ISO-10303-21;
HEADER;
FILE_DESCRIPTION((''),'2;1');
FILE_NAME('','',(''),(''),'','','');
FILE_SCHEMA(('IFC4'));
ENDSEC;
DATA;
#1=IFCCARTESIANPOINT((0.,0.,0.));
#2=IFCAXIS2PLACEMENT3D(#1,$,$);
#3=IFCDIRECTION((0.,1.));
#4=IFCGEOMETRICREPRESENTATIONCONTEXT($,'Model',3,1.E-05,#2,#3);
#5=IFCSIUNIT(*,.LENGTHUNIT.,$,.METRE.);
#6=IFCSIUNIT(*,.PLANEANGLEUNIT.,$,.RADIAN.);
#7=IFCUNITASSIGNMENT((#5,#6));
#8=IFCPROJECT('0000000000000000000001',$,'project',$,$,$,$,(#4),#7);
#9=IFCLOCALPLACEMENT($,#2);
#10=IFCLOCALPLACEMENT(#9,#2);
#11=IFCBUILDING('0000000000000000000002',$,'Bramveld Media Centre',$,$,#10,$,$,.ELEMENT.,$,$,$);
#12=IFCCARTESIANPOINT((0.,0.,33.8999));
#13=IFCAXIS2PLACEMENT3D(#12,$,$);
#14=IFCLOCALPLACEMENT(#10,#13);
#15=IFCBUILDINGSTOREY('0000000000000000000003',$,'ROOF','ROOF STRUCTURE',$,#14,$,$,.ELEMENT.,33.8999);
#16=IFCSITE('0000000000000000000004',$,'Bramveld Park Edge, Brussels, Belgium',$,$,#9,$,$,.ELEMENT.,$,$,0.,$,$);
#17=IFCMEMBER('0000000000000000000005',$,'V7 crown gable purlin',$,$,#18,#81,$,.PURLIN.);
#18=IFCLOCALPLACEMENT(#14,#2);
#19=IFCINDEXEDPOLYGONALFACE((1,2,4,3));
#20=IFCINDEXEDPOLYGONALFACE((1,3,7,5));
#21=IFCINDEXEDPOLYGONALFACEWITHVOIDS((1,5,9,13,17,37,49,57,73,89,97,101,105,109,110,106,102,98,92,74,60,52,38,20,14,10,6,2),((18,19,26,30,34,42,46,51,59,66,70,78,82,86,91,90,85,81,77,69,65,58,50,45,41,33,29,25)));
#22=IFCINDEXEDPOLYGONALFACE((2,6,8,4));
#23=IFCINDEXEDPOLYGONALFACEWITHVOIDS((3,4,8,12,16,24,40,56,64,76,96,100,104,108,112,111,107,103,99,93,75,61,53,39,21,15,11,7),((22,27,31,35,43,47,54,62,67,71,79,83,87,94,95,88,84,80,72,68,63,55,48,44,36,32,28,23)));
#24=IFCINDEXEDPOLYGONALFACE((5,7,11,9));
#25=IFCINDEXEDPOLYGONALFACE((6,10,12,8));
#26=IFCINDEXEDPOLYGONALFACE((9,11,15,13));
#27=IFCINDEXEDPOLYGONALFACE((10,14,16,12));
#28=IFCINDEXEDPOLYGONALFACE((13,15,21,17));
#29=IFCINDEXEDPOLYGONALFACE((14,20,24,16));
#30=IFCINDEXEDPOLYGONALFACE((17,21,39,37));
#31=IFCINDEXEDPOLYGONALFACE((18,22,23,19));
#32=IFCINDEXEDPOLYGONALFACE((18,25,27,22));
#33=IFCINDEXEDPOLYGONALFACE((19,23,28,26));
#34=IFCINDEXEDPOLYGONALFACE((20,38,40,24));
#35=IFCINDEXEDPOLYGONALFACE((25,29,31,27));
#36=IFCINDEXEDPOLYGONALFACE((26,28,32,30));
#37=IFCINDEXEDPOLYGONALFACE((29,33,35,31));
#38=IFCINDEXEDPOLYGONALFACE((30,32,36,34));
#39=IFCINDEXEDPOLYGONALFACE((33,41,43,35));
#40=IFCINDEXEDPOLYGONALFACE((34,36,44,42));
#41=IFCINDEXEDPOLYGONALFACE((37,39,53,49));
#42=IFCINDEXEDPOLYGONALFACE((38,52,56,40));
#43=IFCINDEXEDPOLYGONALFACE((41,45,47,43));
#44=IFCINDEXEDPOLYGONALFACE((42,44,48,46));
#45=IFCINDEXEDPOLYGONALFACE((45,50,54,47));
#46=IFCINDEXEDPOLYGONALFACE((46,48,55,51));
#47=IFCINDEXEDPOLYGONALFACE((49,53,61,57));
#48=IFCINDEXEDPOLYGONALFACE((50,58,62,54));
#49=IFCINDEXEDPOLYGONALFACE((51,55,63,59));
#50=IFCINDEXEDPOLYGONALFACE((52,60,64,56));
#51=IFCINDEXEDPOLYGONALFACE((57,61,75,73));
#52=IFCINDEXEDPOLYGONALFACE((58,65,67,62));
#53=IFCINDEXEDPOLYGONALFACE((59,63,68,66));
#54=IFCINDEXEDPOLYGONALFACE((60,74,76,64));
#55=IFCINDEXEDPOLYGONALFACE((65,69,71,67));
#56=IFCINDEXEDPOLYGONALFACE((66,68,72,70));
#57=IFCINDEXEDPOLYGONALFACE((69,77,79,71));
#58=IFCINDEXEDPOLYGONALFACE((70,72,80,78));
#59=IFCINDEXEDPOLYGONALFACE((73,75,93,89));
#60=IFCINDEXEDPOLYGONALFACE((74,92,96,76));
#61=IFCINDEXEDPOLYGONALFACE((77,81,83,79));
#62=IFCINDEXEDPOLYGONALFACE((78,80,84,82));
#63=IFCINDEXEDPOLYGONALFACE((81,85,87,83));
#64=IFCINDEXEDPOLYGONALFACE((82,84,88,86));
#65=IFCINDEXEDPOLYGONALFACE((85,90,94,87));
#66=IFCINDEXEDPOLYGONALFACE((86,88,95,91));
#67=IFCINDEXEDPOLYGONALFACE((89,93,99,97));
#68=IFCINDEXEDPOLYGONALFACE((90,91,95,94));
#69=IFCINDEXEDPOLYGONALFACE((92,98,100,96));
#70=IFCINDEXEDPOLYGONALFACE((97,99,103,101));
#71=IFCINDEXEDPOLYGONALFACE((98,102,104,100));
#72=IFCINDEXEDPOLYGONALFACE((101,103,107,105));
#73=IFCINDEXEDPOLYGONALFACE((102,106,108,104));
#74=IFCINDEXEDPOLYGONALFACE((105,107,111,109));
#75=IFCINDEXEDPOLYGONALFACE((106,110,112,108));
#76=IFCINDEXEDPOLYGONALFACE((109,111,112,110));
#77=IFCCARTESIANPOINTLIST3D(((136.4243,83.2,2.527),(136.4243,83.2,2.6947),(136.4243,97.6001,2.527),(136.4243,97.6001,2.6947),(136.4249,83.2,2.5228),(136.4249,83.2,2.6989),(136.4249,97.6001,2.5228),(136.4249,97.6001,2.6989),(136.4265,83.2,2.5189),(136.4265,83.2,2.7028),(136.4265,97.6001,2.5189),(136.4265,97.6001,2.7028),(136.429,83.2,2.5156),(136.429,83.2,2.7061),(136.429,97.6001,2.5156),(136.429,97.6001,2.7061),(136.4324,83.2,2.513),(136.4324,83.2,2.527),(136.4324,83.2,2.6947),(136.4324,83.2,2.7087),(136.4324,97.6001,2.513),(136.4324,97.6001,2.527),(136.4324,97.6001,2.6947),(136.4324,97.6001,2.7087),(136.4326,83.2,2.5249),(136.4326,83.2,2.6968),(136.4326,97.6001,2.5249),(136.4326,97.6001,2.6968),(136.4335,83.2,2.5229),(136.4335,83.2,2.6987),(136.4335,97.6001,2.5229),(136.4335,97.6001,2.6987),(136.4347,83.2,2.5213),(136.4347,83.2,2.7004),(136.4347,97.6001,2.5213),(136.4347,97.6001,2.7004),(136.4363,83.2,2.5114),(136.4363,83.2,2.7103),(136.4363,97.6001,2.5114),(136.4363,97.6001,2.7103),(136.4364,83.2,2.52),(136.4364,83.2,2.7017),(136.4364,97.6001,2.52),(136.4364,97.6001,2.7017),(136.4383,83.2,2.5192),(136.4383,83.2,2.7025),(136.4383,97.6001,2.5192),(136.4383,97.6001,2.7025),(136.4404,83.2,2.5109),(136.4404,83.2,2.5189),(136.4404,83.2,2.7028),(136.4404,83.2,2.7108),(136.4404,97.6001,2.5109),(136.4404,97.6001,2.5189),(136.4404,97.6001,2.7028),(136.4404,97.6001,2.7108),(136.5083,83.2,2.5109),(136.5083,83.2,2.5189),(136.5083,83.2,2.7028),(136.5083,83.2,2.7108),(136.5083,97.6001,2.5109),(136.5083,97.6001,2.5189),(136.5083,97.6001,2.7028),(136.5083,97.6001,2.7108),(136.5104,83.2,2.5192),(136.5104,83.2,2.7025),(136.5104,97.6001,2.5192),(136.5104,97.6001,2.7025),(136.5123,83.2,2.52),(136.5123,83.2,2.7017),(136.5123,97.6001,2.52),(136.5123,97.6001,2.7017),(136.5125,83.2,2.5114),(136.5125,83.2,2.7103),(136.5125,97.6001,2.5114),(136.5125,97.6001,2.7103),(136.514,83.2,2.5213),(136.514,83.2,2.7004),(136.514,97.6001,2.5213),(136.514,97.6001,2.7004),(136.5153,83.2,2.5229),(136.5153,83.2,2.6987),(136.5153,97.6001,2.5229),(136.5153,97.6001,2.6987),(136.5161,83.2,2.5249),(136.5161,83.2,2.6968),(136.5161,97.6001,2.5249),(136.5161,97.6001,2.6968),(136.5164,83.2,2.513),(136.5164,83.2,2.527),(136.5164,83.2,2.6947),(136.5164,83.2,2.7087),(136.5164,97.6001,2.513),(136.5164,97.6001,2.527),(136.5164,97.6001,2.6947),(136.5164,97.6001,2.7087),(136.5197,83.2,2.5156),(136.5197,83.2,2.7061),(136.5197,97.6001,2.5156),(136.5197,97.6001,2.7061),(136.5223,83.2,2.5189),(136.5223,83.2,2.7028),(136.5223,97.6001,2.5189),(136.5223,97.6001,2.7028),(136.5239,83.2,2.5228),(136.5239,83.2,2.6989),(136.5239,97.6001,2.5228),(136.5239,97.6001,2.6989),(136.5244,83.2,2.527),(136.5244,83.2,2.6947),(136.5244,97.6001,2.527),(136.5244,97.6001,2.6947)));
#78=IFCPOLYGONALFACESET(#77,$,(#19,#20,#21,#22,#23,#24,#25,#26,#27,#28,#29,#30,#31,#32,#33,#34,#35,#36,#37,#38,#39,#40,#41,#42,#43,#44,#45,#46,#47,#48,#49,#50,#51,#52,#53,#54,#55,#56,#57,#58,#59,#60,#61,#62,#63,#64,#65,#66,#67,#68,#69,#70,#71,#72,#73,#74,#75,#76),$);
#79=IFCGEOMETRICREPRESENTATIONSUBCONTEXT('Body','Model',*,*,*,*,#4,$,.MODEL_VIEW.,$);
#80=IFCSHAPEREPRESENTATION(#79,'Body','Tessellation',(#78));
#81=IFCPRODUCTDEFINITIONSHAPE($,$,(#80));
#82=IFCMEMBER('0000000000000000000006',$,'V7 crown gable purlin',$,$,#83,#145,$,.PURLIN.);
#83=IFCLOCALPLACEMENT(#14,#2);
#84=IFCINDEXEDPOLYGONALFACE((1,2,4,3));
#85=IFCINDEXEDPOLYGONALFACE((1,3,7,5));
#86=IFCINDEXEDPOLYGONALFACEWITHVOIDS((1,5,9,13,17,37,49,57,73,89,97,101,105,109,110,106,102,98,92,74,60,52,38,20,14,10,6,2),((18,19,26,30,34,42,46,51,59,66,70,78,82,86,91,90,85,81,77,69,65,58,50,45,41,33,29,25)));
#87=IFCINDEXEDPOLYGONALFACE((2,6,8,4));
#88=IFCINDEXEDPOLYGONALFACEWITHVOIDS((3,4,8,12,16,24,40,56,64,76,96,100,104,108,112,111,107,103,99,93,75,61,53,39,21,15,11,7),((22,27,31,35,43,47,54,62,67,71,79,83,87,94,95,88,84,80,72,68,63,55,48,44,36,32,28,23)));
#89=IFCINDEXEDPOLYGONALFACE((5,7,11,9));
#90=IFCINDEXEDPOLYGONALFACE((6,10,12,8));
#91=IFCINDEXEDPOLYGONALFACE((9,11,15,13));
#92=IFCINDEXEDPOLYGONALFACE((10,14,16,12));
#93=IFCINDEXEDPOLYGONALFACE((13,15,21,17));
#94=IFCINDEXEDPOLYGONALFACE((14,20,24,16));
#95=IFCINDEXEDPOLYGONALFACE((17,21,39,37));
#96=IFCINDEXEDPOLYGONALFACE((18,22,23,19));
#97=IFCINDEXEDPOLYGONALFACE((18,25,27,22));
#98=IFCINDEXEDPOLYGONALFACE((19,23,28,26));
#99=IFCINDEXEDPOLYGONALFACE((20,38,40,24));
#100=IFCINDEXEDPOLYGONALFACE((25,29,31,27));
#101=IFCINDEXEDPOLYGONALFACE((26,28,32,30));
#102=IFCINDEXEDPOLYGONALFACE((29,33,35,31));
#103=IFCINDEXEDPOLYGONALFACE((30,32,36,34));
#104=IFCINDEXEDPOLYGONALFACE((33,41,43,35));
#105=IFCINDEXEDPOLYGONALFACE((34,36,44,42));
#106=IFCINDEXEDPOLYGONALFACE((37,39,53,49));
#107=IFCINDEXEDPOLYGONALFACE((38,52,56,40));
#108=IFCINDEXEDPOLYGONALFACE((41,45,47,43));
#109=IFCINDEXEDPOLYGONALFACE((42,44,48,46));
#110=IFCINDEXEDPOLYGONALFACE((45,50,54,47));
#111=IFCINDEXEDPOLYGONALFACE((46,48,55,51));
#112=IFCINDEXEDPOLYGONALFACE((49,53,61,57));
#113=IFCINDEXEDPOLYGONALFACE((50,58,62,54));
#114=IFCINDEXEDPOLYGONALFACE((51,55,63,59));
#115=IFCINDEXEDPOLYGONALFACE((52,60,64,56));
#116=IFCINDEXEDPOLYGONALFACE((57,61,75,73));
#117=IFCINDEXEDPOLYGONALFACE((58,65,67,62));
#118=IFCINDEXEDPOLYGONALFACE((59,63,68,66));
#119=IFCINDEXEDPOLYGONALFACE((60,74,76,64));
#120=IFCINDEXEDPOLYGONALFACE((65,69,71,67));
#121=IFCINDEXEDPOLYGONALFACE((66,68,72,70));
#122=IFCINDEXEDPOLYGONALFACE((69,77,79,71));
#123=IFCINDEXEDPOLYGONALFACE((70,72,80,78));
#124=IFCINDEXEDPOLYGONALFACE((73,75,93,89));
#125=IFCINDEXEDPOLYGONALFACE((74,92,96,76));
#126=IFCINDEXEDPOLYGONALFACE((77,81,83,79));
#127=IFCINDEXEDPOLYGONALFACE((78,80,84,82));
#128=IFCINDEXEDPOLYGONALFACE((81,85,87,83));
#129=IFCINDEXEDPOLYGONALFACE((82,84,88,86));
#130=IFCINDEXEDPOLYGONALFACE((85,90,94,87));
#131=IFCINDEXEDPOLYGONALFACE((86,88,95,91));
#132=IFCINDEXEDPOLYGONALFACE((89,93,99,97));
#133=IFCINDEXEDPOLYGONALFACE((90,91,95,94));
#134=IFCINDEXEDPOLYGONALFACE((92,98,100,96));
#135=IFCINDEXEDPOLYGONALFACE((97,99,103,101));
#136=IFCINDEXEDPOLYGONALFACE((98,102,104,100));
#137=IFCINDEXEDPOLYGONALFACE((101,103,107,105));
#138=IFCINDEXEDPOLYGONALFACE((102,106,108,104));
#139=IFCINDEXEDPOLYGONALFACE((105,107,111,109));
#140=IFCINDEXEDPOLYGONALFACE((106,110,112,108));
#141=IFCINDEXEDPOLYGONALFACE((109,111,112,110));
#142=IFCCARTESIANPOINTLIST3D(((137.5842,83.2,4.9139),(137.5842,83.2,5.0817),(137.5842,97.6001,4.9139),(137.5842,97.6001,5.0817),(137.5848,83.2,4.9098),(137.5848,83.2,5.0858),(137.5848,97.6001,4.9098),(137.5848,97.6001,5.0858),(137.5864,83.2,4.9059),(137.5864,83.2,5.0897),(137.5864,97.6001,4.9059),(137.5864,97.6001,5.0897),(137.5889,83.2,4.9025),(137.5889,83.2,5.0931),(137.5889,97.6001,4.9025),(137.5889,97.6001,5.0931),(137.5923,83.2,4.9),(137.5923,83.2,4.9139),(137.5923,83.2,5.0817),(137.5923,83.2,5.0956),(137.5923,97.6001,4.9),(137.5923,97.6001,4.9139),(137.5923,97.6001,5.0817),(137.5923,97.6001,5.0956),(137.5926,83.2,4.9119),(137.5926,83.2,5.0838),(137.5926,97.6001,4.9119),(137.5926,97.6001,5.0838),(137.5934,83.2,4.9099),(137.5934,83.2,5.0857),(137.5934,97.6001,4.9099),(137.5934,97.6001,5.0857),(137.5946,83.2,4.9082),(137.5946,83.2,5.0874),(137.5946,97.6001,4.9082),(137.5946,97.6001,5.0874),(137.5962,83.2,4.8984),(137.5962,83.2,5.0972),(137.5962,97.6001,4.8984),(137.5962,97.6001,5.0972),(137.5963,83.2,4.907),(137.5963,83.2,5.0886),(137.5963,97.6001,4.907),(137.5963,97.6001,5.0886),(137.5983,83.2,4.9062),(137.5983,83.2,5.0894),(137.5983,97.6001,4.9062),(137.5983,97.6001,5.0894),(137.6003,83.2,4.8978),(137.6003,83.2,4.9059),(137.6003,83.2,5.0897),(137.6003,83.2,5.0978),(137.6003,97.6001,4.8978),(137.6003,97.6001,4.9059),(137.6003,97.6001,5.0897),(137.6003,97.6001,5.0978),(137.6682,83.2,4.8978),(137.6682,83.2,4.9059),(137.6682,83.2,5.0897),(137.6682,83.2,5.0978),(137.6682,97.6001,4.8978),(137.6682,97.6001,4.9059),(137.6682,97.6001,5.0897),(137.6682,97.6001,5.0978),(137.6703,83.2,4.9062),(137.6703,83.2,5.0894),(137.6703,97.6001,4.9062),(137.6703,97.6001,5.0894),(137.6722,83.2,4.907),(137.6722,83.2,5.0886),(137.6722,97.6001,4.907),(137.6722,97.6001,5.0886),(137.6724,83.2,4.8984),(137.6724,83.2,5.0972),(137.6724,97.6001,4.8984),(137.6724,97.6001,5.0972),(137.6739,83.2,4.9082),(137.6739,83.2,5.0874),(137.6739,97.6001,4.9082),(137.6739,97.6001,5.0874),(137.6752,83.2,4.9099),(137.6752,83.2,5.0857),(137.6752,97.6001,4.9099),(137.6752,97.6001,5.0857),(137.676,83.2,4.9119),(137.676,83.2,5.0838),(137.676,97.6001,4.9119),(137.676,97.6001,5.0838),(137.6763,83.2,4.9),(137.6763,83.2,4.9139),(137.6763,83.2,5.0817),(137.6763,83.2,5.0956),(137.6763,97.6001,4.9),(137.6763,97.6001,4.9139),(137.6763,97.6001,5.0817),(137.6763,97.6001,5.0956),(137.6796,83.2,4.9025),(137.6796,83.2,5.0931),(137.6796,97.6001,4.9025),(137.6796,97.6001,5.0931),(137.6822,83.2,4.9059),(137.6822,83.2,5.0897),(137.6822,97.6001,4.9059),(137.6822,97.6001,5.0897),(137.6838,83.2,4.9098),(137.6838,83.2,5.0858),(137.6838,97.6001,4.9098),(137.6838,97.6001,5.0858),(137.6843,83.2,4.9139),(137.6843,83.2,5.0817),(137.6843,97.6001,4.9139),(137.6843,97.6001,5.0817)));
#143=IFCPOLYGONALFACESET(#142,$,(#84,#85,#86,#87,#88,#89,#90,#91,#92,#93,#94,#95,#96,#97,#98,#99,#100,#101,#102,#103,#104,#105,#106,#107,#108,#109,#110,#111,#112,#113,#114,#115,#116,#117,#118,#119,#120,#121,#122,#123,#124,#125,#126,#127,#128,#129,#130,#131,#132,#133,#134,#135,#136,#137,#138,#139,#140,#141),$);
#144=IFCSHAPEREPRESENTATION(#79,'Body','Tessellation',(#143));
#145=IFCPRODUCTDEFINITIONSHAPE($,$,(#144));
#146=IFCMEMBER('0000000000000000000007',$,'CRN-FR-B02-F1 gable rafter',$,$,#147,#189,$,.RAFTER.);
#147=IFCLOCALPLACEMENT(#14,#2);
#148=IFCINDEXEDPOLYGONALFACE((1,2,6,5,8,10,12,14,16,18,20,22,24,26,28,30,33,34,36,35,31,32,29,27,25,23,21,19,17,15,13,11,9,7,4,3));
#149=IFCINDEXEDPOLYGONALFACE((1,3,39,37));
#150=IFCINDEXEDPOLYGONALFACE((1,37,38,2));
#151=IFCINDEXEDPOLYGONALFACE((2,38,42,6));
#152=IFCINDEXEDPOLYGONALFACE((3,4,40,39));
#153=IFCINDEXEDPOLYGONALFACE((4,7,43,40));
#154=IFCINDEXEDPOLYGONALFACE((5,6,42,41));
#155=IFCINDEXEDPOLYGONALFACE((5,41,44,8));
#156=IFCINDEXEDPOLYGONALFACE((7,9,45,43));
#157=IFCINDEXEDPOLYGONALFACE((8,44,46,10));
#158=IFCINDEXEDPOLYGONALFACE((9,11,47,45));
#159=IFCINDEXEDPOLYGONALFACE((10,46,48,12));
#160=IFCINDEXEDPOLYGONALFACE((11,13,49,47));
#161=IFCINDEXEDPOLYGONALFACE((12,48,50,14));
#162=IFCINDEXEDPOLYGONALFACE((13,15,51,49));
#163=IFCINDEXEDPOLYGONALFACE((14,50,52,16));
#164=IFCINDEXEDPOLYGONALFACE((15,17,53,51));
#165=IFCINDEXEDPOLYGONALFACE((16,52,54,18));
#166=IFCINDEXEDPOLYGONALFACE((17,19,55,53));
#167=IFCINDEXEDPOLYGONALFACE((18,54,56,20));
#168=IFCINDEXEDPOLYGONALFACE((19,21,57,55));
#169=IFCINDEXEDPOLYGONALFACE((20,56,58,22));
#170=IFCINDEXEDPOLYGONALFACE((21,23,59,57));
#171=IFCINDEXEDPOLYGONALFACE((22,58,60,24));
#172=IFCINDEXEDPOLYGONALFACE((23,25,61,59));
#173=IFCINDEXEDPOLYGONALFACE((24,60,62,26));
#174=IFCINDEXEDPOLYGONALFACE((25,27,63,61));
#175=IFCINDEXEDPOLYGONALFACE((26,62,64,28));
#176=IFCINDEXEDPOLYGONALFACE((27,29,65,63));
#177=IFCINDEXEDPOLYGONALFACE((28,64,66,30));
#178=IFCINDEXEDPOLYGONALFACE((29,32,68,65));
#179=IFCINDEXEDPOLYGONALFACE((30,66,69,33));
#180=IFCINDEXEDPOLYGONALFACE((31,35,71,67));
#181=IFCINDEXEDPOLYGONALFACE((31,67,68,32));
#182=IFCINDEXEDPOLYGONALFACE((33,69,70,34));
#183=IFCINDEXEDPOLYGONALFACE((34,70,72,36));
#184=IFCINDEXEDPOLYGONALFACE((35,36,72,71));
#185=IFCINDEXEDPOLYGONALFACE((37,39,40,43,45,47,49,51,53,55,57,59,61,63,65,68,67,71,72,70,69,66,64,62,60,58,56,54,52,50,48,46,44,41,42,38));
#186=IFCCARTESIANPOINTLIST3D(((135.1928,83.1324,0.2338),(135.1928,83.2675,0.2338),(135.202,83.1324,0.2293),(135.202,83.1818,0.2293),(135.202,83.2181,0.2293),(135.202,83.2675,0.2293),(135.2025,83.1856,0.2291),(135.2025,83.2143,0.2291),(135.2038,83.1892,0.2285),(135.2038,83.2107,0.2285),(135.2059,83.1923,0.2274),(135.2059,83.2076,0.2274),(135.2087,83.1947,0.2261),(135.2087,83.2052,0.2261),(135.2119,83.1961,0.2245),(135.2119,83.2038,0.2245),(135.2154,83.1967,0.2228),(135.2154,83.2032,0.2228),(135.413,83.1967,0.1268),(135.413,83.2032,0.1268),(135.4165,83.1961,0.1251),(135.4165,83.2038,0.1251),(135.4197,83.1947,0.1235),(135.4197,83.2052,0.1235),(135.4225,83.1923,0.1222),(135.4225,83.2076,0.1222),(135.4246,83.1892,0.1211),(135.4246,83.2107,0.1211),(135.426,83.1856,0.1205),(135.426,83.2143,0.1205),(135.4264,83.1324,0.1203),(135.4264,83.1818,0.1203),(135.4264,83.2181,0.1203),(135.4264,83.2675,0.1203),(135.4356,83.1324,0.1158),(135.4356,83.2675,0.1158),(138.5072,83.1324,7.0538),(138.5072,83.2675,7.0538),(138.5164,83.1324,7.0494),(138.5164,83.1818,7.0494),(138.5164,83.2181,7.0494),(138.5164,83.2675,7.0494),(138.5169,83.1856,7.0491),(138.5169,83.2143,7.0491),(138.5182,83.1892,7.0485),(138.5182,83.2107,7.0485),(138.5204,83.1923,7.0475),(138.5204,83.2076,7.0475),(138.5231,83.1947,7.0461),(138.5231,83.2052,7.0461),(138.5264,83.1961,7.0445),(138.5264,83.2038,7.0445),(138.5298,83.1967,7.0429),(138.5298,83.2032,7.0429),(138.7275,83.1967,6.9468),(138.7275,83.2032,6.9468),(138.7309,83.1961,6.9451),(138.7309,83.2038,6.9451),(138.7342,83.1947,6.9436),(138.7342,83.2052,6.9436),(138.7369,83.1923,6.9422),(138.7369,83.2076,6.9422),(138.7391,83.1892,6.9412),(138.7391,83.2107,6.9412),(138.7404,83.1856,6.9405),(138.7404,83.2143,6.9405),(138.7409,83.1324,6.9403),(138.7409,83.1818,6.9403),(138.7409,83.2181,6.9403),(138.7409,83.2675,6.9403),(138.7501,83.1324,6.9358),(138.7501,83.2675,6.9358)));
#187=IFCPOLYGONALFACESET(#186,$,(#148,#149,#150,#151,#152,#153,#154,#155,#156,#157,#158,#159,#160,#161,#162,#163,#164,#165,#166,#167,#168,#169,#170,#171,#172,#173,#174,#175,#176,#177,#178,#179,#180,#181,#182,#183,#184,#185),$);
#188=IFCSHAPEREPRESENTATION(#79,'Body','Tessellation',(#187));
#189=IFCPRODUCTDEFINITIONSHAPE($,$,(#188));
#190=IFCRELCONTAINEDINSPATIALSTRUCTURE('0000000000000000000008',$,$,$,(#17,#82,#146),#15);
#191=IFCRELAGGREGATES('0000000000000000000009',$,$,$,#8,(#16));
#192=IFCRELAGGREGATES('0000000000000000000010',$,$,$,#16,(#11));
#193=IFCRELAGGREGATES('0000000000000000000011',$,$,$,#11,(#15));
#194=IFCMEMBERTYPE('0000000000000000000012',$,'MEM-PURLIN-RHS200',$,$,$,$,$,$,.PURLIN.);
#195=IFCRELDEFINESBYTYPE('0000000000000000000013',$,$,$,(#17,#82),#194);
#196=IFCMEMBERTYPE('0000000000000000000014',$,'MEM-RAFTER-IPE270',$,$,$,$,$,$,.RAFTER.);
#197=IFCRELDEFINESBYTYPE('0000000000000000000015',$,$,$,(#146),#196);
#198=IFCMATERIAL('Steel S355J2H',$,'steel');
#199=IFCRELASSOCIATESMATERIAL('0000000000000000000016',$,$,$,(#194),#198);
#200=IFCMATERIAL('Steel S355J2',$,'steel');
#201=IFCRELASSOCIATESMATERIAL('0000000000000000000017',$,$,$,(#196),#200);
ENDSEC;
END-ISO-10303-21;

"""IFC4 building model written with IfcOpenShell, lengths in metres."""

from ifc_helpers import new_model, si_unit, direction, frame, origin, origin_2d, place, context, subcontext, project, spatial, hollow_rectangle, i_section, extrude, material, material_profile, profile_set, type_object, element, save


model = new_model("IFC4")

# Units and contexts
model_context = context("Model", 3, precision=1e-05, world=origin(), true_north=direction((0.0, 1.0)))
body_context = subcontext(model_context, "Body", "Model", "MODEL_VIEW")
ifc_project = project(units=[si_unit("LENGTHUNIT", "METRE"), si_unit("PLANEANGLEUNIT", "RADIAN")], contexts=[model_context])

# Site, building, storey
site_placement = place(None, origin())
site = spatial("IfcSite", under=ifc_project, at=site_placement, Name="Bramveld Park Edge, Brussels, Belgium", CompositionType="ELEMENT", RefElevation=0.0)
building_placement = place(site_placement, origin())
building = spatial("IfcBuilding", under=site, at=building_placement, Name="Bramveld Media Centre", CompositionType="ELEMENT")
storey_placement = place(building_placement, frame((0.0, 0.0, 33.8999)))
storey = spatial("IfcBuildingStorey", under=building, at=storey_placement, Name="ROOF", Description="ROOF STRUCTURE", CompositionType="ELEMENT", Elevation=33.8999)

# Members
ifc_material_1 = material(Name="Steel S355J2H", Category="steel")
ifc_material_profile_1 = material_profile(ifc_material_1, hollow_rectangle(XDim=0.1001, YDim=0.2, WallThickness=0.0081, InnerFilletRadius=0.0081, OuterFilletRadius=0.0161, at=origin_2d()), Name="RHS 200x100x8")
ifc_profile_set_1 = profile_set([ifc_material_profile_1], Name="Steel S355J2H")
member_type_1 = type_object("IfcMemberType", Name="MEM-PURLIN-RHS200", PredefinedType="PURLIN", material=ifc_profile_set_1)
for number, where, z_axis, x_axis, name in (
    (1, (136.4744, 83.2, 2.6108), (0.0, 1.0, 0.0), (-1.0, 0.0, 0.0), "V7 crown gable purlin"),
    (2, (137.6343, 83.2, 4.9978), (0.0, 1.0, 0.0), (-1.0, 0.0, 0.0), "V7 crown gable purlin"),
):
    element("IfcMember", number, at=place(storey_placement, frame(where, z_axis=z_axis, x_axis=x_axis)), inside=storey, type_object=member_type_1, Name=name, PredefinedType="PURLIN", context=body_context, shape_type="SweptSolid", body=[
        extrude(hollow_rectangle(XDim=0.1001, YDim=0.2, WallThickness=0.0081, InnerFilletRadius=0.0081, OuterFilletRadius=0.0161, at=origin_2d()), origin(), (0.0, 0.0, 1.0), 14.4001),
    ])
ifc_material_2 = material(Name="Steel S355J2", Category="steel")
ifc_material_profile_2 = material_profile(ifc_material_2, i_section(OverallWidth=0.135, OverallDepth=0.27, WebThickness=0.0066, FlangeThickness=0.0103, FilletRadius=0.0149, at=origin_2d()), Name="IPE 270")
ifc_profile_set_2 = profile_set([ifc_material_profile_2], Name="Steel S355J2")
member_type_2 = type_object("IfcMemberType", Name="MEM-RAFTER-IPE270", PredefinedType="RAFTER", material=ifc_profile_set_2)
member_1_placement = place(storey_placement, frame((135.3142, 83.2, 0.1748), z_axis=(0.437101, 0.0, 0.899412), x_axis=(0.0, 1.0, 0.0)))
element("IfcMember", 3, at=member_1_placement, inside=storey, type_object=member_type_2, Name="CRN-FR-B02-F1 gable rafter", PredefinedType="RAFTER", context=body_context, shape_type="SweptSolid", body=[
    extrude(i_section(OverallWidth=0.135, OverallDepth=0.27, WebThickness=0.0066, FlangeThickness=0.0103, FilletRadius=0.0149, at=origin_2d()), origin(), (0.0, 0.0, 1.0), 7.5828),
])

save(model, "model.ifc")
